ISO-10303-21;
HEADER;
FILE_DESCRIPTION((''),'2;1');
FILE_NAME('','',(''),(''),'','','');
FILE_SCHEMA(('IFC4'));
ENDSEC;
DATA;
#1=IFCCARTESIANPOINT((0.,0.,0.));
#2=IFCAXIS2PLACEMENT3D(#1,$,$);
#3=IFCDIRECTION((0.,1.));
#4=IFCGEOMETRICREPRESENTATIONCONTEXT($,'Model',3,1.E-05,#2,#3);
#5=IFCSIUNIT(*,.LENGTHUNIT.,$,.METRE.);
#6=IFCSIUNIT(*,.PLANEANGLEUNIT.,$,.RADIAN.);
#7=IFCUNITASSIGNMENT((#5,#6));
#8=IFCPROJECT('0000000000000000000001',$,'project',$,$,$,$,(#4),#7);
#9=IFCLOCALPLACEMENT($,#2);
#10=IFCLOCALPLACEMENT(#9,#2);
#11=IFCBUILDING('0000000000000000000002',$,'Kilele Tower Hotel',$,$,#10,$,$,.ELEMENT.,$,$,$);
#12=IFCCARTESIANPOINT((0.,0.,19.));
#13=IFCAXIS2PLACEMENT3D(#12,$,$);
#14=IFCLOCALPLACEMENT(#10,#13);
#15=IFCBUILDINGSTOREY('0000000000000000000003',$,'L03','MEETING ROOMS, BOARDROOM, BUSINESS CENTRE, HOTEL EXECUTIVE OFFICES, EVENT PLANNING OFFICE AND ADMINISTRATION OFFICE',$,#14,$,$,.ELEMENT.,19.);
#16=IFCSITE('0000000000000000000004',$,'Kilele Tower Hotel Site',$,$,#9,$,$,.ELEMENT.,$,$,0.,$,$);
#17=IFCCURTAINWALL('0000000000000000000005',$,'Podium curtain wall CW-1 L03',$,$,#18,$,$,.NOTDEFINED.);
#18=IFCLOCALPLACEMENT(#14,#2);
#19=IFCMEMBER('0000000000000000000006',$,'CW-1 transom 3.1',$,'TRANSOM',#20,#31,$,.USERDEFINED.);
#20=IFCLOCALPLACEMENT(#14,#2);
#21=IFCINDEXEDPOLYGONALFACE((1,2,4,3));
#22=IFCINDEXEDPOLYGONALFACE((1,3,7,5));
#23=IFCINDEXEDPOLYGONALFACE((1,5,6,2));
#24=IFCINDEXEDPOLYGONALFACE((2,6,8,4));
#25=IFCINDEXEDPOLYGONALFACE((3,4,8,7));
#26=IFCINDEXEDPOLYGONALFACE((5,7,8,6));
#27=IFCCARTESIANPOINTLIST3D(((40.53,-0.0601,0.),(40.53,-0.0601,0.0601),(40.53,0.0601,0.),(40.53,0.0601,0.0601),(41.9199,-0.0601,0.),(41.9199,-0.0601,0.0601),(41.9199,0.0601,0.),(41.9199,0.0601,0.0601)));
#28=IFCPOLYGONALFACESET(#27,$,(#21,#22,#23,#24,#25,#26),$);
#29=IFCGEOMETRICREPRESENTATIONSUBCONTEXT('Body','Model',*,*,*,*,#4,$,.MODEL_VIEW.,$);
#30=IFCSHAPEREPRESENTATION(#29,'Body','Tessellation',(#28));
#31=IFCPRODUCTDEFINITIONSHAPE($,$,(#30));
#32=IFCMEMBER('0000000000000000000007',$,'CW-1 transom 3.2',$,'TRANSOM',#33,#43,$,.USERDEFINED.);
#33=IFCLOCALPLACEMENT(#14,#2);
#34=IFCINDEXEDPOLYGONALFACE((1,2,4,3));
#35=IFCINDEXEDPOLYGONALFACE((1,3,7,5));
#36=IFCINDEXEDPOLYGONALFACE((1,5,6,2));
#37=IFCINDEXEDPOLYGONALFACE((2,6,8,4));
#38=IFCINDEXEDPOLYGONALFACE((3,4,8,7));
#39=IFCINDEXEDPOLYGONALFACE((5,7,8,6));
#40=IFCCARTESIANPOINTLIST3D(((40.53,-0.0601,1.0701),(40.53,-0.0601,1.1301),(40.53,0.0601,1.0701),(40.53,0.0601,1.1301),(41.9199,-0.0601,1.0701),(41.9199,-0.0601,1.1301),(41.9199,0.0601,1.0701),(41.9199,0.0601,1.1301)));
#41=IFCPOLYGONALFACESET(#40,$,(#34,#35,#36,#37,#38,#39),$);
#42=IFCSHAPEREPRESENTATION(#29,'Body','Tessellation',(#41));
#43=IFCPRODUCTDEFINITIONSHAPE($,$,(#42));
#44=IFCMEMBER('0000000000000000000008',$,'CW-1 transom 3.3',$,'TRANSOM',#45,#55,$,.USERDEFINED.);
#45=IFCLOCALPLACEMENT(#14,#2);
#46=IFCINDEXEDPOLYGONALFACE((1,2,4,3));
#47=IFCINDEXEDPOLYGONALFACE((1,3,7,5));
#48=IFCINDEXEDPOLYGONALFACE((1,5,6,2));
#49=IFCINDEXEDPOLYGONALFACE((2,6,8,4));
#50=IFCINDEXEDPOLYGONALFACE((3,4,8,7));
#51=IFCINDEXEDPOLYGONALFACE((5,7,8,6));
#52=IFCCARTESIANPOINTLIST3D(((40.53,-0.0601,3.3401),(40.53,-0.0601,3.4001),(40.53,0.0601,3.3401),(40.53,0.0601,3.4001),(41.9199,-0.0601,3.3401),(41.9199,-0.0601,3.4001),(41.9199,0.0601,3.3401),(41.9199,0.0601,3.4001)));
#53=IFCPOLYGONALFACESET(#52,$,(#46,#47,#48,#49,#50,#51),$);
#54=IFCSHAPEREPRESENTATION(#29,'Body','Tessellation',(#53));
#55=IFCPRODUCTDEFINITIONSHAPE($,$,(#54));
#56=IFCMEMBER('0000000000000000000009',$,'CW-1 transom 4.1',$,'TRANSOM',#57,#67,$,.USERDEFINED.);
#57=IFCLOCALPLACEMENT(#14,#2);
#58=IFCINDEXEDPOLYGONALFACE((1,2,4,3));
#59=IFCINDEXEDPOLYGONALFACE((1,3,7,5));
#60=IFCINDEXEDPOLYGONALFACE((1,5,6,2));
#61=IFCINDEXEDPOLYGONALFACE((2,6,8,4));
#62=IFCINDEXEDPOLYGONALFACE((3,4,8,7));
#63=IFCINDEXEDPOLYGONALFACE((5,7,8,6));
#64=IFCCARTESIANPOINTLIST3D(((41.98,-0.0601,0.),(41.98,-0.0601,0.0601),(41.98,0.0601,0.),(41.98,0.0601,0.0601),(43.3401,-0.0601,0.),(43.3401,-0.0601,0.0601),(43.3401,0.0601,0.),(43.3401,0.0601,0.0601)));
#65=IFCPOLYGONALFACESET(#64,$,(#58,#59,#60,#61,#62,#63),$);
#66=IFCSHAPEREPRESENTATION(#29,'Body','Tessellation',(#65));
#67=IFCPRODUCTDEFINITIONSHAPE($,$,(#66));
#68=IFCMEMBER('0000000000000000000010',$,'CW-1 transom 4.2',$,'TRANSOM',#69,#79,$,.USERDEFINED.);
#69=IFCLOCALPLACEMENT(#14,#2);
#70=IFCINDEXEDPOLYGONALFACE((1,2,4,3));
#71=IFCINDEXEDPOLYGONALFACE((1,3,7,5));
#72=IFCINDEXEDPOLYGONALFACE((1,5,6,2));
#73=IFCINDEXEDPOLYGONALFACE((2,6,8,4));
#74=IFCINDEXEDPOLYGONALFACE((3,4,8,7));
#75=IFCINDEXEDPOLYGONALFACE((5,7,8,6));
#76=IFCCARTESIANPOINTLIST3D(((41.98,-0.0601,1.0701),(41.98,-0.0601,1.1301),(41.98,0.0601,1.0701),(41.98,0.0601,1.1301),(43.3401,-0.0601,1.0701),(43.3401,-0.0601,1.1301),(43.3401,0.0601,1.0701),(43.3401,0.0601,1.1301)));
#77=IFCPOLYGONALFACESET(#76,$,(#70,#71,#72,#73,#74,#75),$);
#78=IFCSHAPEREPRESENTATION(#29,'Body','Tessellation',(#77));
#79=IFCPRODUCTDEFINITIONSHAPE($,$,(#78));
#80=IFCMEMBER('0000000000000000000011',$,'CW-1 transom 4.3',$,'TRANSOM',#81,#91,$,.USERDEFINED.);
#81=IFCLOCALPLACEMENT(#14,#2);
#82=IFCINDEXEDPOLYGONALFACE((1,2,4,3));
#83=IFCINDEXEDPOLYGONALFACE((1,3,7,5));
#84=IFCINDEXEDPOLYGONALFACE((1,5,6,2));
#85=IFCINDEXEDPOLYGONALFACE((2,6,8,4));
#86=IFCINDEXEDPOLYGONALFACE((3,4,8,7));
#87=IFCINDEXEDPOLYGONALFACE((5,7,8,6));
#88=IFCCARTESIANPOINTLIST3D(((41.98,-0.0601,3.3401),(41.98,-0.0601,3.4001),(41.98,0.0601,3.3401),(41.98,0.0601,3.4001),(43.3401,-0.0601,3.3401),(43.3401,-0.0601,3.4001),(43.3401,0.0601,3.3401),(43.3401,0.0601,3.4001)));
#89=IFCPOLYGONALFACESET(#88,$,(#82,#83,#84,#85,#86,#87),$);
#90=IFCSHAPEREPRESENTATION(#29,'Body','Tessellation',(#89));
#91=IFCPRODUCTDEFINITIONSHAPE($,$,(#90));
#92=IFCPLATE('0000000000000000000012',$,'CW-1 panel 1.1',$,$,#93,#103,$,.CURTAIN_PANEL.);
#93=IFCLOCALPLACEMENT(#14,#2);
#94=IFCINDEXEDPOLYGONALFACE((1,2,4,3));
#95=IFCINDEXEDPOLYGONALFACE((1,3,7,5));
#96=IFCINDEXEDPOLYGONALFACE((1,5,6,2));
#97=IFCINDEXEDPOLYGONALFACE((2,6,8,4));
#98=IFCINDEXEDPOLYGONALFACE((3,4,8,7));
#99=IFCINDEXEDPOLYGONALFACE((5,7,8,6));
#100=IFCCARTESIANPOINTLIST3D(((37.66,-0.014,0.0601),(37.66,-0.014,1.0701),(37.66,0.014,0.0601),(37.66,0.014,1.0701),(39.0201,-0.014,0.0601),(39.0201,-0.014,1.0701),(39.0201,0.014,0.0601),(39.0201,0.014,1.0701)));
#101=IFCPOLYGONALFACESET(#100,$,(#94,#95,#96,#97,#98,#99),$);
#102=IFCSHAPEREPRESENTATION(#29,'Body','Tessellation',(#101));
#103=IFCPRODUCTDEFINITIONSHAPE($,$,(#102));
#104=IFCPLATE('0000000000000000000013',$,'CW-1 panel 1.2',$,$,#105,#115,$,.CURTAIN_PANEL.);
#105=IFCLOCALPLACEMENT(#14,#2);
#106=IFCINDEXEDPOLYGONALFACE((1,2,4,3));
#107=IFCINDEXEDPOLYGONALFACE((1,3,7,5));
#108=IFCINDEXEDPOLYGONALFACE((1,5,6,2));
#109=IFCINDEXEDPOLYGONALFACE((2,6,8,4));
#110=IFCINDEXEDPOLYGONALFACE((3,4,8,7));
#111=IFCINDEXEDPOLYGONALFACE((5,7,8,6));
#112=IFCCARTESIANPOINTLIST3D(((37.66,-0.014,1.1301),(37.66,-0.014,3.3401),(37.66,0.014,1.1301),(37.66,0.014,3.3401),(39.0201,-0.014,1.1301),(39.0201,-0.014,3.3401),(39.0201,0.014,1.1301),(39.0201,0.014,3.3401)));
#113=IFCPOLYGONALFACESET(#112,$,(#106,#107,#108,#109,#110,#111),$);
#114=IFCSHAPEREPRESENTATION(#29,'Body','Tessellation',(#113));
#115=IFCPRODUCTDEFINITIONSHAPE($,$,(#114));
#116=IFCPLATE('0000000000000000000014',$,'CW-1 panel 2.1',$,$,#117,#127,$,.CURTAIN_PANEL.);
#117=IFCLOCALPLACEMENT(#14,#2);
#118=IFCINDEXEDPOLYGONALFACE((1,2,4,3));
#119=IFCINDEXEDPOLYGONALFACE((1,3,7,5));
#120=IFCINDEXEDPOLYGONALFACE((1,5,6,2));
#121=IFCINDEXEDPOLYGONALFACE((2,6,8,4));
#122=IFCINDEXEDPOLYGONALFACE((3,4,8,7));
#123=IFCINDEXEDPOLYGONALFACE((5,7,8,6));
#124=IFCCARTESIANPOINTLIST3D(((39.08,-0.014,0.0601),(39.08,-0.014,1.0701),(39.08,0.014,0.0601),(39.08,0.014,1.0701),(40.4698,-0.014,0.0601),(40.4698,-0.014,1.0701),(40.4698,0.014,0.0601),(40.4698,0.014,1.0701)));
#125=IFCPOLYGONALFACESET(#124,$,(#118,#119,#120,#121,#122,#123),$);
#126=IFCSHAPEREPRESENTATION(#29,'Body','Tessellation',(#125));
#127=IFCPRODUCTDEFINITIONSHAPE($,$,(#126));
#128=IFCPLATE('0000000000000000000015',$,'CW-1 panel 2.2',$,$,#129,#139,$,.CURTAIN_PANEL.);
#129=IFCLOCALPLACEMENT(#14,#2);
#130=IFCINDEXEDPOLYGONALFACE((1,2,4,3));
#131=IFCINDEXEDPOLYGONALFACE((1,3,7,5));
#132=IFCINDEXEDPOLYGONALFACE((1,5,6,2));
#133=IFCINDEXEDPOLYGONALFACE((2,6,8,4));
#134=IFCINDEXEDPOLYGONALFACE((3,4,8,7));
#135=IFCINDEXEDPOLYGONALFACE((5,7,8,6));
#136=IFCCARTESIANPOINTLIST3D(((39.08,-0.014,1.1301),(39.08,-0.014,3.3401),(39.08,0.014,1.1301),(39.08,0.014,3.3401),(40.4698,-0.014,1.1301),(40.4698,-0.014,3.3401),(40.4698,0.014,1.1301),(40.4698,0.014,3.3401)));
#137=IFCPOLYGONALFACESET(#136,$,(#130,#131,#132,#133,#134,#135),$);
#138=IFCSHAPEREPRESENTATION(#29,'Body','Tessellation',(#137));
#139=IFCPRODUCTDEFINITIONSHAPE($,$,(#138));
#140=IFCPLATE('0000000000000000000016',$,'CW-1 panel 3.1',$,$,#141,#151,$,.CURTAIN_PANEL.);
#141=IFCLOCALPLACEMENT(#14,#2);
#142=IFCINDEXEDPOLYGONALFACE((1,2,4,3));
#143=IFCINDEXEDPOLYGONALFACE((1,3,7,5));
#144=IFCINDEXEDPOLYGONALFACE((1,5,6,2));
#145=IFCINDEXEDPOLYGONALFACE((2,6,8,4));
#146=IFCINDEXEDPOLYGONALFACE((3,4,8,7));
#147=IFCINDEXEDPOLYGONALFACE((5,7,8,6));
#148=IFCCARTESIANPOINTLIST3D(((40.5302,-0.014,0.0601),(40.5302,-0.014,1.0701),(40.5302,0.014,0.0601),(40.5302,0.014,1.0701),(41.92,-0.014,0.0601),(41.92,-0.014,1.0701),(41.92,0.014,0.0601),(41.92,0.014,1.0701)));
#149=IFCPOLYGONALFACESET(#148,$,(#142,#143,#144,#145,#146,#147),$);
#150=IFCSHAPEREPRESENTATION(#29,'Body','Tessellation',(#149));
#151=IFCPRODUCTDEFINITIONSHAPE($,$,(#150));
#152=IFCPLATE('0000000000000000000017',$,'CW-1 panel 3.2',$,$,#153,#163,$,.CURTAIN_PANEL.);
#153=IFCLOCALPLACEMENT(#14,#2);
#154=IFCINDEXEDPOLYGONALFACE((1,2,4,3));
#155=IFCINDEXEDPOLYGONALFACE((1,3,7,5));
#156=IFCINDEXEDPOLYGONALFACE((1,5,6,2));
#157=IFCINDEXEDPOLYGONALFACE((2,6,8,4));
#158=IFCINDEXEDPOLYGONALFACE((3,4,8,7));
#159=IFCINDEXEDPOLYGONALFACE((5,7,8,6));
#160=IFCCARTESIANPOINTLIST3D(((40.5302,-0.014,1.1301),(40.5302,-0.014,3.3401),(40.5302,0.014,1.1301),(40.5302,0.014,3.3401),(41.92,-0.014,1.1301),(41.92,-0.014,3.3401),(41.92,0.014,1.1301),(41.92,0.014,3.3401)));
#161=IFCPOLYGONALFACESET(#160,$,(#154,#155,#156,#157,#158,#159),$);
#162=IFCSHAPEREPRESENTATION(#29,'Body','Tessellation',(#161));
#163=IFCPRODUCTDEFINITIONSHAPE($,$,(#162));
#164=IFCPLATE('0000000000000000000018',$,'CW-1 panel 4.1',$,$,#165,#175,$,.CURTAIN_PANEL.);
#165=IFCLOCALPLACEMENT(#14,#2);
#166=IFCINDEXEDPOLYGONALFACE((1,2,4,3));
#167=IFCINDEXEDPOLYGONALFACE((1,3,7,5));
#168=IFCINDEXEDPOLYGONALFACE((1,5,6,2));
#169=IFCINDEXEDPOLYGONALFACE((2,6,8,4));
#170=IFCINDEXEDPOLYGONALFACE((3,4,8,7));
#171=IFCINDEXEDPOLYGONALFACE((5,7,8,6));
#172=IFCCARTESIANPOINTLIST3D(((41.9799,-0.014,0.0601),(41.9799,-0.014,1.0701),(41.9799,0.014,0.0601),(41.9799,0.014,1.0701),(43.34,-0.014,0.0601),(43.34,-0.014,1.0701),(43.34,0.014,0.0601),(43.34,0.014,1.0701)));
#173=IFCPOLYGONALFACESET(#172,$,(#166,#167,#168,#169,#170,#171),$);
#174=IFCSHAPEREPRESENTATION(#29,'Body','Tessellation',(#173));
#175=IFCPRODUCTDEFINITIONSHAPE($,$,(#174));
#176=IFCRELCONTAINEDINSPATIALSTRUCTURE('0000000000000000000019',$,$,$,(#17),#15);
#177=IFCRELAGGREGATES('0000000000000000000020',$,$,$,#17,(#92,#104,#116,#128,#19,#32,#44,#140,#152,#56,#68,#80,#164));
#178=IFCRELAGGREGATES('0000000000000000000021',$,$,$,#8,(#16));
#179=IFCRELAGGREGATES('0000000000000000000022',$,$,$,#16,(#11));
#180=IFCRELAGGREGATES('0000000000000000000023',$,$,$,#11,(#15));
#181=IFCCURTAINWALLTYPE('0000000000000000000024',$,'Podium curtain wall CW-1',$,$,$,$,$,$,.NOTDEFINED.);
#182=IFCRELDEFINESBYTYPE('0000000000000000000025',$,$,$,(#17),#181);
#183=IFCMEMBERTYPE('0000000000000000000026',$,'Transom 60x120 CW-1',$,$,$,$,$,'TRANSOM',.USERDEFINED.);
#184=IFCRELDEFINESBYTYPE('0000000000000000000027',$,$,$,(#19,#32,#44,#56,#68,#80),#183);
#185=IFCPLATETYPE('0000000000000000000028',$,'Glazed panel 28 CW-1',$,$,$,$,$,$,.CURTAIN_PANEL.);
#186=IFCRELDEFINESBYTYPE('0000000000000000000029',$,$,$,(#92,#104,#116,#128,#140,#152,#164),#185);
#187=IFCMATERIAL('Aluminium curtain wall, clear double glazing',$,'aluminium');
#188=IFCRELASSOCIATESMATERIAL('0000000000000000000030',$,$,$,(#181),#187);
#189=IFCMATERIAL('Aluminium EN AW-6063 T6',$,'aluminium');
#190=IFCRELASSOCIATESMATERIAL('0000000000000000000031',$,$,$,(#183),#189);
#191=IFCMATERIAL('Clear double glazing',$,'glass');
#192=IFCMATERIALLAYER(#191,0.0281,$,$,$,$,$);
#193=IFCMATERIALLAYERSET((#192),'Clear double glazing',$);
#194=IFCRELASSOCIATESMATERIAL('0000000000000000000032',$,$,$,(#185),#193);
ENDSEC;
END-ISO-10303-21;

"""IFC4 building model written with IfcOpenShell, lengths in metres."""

from ifc_helpers import new_model, si_unit, direction, frame, origin, origin_2d, place, context, subcontext, project, spatial, rectangle, extrude, material, layer, layer_set, material_profile, profile_set, type_object, element, aggregate, save


model = new_model("IFC4")

# Units and contexts
model_context = context("Model", 3, precision=1e-05, world=origin(), true_north=direction((0.0, 1.0)))
body_context = subcontext(model_context, "Body", "Model", "MODEL_VIEW")
ifc_project = project(units=[si_unit("LENGTHUNIT", "METRE"), si_unit("PLANEANGLEUNIT", "RADIAN")], contexts=[model_context])

# Site, building, storey
site_placement = place(None, origin())
site = spatial("IfcSite", under=ifc_project, at=site_placement, Name="Kilele Tower Hotel Site", CompositionType="ELEMENT", RefElevation=0.0)
building_placement = place(site_placement, origin())
building = spatial("IfcBuilding", under=site, at=building_placement, Name="Kilele Tower Hotel", CompositionType="ELEMENT")
storey_placement = place(building_placement, frame((0.0, 0.0, 19.0)))
storey = spatial("IfcBuildingStorey", under=building, at=storey_placement, Name="L03", Description="MEETING ROOMS, BOARDROOM, BUSINESS CENTRE, HOTEL EXECUTIVE OFFICES, EVENT PLANNING OFFICE AND ADMINISTRATION OFFICE", CompositionType="ELEMENT", Elevation=19.0)

# Curtain wall
ifc_material_1 = material(Name="Aluminium curtain wall, clear double glazing", Category="aluminium")
curtain_wall_type = type_object("IfcCurtainWallType", Name="Podium curtain wall CW-1", PredefinedType="NOTDEFINED", material=ifc_material_1)
curtain_wall_placement = place(storey_placement, origin())
curtain_wall = element("IfcCurtainWall", 1, at=curtain_wall_placement, inside=storey, type_object=curtain_wall_type, Name="Podium curtain wall CW-1 L03", PredefinedType="NOTDEFINED")

# Members
ifc_material_2 = material(Name="Aluminium EN AW-6063 T6", Category="aluminium")
ifc_material_profile_1 = material_profile(ifc_material_2, rectangle(XDim=0.1201, YDim=0.0601, at=origin_2d()))
ifc_profile_set_1 = profile_set([ifc_material_profile_1], Name="Aluminium EN AW-6063 T6")
member_type_1 = type_object("IfcMemberType", Name="Transom 60x120 CW-1", ElementType="TRANSOM", PredefinedType="USERDEFINED", material=ifc_profile_set_1)
member_1_placement = place(storey_placement, frame((40.53, 0.0, 0.03), z_axis=(1.0, 0.0, 0.0), x_axis=(0.0, 1.0, 0.0)))
member_1 = element("IfcMember", 2, at=member_1_placement, type_object=member_type_1, Name="CW-1 transom 3.1", ObjectType="TRANSOM", PredefinedType="USERDEFINED", context=body_context, shape_type="SweptSolid", body=[
    extrude(rectangle(XDim=0.1201, YDim=0.0601, at=origin_2d()), origin(), (0.0, 0.0, 1.0), 1.3899),
])
member_2_placement = place(storey_placement, frame((40.53, 0.0, 1.1001), z_axis=(1.0, 0.0, 0.0), x_axis=(0.0, 1.0, 0.0)))
member_2 = element("IfcMember", 3, at=member_2_placement, type_object=member_type_1, Name="CW-1 transom 3.2", ObjectType="TRANSOM", PredefinedType="USERDEFINED", context=body_context, shape_type="SweptSolid", body=[
    extrude(rectangle(XDim=0.1201, YDim=0.0601, at=origin_2d()), origin(), (0.0, 0.0, 1.0), 1.3899),
])
member_3_placement = place(storey_placement, frame((40.53, 0.0, 3.3701), z_axis=(1.0, 0.0, 0.0), x_axis=(0.0, 1.0, 0.0)))
member_3 = element("IfcMember", 4, at=member_3_placement, type_object=member_type_1, Name="CW-1 transom 3.3", ObjectType="TRANSOM", PredefinedType="USERDEFINED", context=body_context, shape_type="SweptSolid", body=[
    extrude(rectangle(XDim=0.1201, YDim=0.0601, at=origin_2d()), origin(), (0.0, 0.0, 1.0), 1.3899),
])
member_4_placement = place(storey_placement, frame((41.98, 0.0, 0.03), z_axis=(1.0, 0.0, 0.0), x_axis=(0.0, 1.0, 0.0)))
member_4 = element("IfcMember", 5, at=member_4_placement, type_object=member_type_1, Name="CW-1 transom 4.1", ObjectType="TRANSOM", PredefinedType="USERDEFINED", context=body_context, shape_type="SweptSolid", body=[
    extrude(rectangle(XDim=0.1201, YDim=0.0601, at=origin_2d()), origin(), (0.0, 0.0, 1.0), 1.3601),
])
member_5_placement = place(storey_placement, frame((41.98, 0.0, 1.1001), z_axis=(1.0, 0.0, 0.0), x_axis=(0.0, 1.0, 0.0)))
member_5 = element("IfcMember", 6, at=member_5_placement, type_object=member_type_1, Name="CW-1 transom 4.2", ObjectType="TRANSOM", PredefinedType="USERDEFINED", context=body_context, shape_type="SweptSolid", body=[
    extrude(rectangle(XDim=0.1201, YDim=0.0601, at=origin_2d()), origin(), (0.0, 0.0, 1.0), 1.3601),
])
member_6_placement = place(storey_placement, frame((41.98, 0.0, 3.3701), z_axis=(1.0, 0.0, 0.0), x_axis=(0.0, 1.0, 0.0)))
member_6 = element("IfcMember", 7, at=member_6_placement, type_object=member_type_1, Name="CW-1 transom 4.3", ObjectType="TRANSOM", PredefinedType="USERDEFINED", context=body_context, shape_type="SweptSolid", body=[
    extrude(rectangle(XDim=0.1201, YDim=0.0601, at=origin_2d()), origin(), (0.0, 0.0, 1.0), 1.3601),
])

# Plates
ifc_material_3 = material(Name="Clear double glazing", Category="glass")
ifc_layer_1 = layer(ifc_material_3, 0.0281)
ifc_layer_set_1 = layer_set([ifc_layer_1], Name="Clear double glazing")
plate_type = type_object("IfcPlateType", Name="Glazed panel 28 CW-1", PredefinedType="CURTAIN_PANEL", material=ifc_layer_set_1)
plate_1_placement = place(storey_placement, frame((38.3401, 0.0, 0.0601), z_axis=(0.0, 0.0, 1.0), x_axis=(1.0, 0.0, 0.0)))
plate_1 = element("IfcPlate", 8, at=plate_1_placement, type_object=plate_type, Name="CW-1 panel 1.1", PredefinedType="CURTAIN_PANEL", context=body_context, shape_type="SweptSolid", body=[
    extrude(rectangle(XDim=1.3601, YDim=0.0281, at=origin_2d()), origin(), (0.0, 0.0, 1.0), 1.01),
])
plate_2_placement = place(storey_placement, frame((38.3401, 0.0, 1.1301), z_axis=(0.0, 0.0, 1.0), x_axis=(1.0, 0.0, 0.0)))
plate_2 = element("IfcPlate", 9, at=plate_2_placement, type_object=plate_type, Name="CW-1 panel 1.2", PredefinedType="CURTAIN_PANEL", context=body_context, shape_type="SweptSolid", body=[
    extrude(rectangle(XDim=1.3601, YDim=0.0281, at=origin_2d()), origin(), (0.0, 0.0, 1.0), 2.21),
])
plate_3_placement = place(storey_placement, frame((39.7749, 0.0, 0.0601), z_axis=(0.0, 0.0, 1.0), x_axis=(1.0, 0.0, 0.0)))
plate_3 = element("IfcPlate", 10, at=plate_3_placement, type_object=plate_type, Name="CW-1 panel 2.1", PredefinedType="CURTAIN_PANEL", context=body_context, shape_type="SweptSolid", body=[
    extrude(rectangle(XDim=1.3899, YDim=0.0281, at=origin_2d()), origin(), (0.0, 0.0, 1.0), 1.01),
])
plate_4_placement = place(storey_placement, frame((39.7749, 0.0, 1.1301), z_axis=(0.0, 0.0, 1.0), x_axis=(1.0, 0.0, 0.0)))
plate_4 = element("IfcPlate", 11, at=plate_4_placement, type_object=plate_type, Name="CW-1 panel 2.2", PredefinedType="CURTAIN_PANEL", context=body_context, shape_type="SweptSolid", body=[
    extrude(rectangle(XDim=1.3899, YDim=0.0281, at=origin_2d()), origin(), (0.0, 0.0, 1.0), 2.21),
])
plate_5_placement = place(storey_placement, frame((41.2251, 0.0, 0.0601), z_axis=(0.0, 0.0, 1.0), x_axis=(1.0, 0.0, 0.0)))
plate_5 = element("IfcPlate", 12, at=plate_5_placement, type_object=plate_type, Name="CW-1 panel 3.1", PredefinedType="CURTAIN_PANEL", context=body_context, shape_type="SweptSolid", body=[
    extrude(rectangle(XDim=1.3899, YDim=0.0281, at=origin_2d()), origin(), (0.0, 0.0, 1.0), 1.01),
])
plate_6_placement = place(storey_placement, frame((41.2251, 0.0, 1.1301), z_axis=(0.0, 0.0, 1.0), x_axis=(1.0, 0.0, 0.0)))
plate_6 = element("IfcPlate", 13, at=plate_6_placement, type_object=plate_type, Name="CW-1 panel 3.2", PredefinedType="CURTAIN_PANEL", context=body_context, shape_type="SweptSolid", body=[
    extrude(rectangle(XDim=1.3899, YDim=0.0281, at=origin_2d()), origin(), (0.0, 0.0, 1.0), 2.21),
])
plate_7_placement = place(storey_placement, frame((42.6599, 0.0, 0.0601), z_axis=(0.0, 0.0, 1.0), x_axis=(1.0, 0.0, 0.0)))
plate_7 = element("IfcPlate", 14, at=plate_7_placement, type_object=plate_type, Name="CW-1 panel 4.1", PredefinedType="CURTAIN_PANEL", context=body_context, shape_type="SweptSolid", body=[
    extrude(rectangle(XDim=1.3601, YDim=0.0281, at=origin_2d()), origin(), (0.0, 0.0, 1.0), 1.01),
])
aggregate(curtain_wall, [plate_1, plate_2, plate_3, plate_4, member_1, member_2, member_3, plate_5, plate_6, member_4, member_5, member_6, plate_7])

save(model, "model.ifc")
